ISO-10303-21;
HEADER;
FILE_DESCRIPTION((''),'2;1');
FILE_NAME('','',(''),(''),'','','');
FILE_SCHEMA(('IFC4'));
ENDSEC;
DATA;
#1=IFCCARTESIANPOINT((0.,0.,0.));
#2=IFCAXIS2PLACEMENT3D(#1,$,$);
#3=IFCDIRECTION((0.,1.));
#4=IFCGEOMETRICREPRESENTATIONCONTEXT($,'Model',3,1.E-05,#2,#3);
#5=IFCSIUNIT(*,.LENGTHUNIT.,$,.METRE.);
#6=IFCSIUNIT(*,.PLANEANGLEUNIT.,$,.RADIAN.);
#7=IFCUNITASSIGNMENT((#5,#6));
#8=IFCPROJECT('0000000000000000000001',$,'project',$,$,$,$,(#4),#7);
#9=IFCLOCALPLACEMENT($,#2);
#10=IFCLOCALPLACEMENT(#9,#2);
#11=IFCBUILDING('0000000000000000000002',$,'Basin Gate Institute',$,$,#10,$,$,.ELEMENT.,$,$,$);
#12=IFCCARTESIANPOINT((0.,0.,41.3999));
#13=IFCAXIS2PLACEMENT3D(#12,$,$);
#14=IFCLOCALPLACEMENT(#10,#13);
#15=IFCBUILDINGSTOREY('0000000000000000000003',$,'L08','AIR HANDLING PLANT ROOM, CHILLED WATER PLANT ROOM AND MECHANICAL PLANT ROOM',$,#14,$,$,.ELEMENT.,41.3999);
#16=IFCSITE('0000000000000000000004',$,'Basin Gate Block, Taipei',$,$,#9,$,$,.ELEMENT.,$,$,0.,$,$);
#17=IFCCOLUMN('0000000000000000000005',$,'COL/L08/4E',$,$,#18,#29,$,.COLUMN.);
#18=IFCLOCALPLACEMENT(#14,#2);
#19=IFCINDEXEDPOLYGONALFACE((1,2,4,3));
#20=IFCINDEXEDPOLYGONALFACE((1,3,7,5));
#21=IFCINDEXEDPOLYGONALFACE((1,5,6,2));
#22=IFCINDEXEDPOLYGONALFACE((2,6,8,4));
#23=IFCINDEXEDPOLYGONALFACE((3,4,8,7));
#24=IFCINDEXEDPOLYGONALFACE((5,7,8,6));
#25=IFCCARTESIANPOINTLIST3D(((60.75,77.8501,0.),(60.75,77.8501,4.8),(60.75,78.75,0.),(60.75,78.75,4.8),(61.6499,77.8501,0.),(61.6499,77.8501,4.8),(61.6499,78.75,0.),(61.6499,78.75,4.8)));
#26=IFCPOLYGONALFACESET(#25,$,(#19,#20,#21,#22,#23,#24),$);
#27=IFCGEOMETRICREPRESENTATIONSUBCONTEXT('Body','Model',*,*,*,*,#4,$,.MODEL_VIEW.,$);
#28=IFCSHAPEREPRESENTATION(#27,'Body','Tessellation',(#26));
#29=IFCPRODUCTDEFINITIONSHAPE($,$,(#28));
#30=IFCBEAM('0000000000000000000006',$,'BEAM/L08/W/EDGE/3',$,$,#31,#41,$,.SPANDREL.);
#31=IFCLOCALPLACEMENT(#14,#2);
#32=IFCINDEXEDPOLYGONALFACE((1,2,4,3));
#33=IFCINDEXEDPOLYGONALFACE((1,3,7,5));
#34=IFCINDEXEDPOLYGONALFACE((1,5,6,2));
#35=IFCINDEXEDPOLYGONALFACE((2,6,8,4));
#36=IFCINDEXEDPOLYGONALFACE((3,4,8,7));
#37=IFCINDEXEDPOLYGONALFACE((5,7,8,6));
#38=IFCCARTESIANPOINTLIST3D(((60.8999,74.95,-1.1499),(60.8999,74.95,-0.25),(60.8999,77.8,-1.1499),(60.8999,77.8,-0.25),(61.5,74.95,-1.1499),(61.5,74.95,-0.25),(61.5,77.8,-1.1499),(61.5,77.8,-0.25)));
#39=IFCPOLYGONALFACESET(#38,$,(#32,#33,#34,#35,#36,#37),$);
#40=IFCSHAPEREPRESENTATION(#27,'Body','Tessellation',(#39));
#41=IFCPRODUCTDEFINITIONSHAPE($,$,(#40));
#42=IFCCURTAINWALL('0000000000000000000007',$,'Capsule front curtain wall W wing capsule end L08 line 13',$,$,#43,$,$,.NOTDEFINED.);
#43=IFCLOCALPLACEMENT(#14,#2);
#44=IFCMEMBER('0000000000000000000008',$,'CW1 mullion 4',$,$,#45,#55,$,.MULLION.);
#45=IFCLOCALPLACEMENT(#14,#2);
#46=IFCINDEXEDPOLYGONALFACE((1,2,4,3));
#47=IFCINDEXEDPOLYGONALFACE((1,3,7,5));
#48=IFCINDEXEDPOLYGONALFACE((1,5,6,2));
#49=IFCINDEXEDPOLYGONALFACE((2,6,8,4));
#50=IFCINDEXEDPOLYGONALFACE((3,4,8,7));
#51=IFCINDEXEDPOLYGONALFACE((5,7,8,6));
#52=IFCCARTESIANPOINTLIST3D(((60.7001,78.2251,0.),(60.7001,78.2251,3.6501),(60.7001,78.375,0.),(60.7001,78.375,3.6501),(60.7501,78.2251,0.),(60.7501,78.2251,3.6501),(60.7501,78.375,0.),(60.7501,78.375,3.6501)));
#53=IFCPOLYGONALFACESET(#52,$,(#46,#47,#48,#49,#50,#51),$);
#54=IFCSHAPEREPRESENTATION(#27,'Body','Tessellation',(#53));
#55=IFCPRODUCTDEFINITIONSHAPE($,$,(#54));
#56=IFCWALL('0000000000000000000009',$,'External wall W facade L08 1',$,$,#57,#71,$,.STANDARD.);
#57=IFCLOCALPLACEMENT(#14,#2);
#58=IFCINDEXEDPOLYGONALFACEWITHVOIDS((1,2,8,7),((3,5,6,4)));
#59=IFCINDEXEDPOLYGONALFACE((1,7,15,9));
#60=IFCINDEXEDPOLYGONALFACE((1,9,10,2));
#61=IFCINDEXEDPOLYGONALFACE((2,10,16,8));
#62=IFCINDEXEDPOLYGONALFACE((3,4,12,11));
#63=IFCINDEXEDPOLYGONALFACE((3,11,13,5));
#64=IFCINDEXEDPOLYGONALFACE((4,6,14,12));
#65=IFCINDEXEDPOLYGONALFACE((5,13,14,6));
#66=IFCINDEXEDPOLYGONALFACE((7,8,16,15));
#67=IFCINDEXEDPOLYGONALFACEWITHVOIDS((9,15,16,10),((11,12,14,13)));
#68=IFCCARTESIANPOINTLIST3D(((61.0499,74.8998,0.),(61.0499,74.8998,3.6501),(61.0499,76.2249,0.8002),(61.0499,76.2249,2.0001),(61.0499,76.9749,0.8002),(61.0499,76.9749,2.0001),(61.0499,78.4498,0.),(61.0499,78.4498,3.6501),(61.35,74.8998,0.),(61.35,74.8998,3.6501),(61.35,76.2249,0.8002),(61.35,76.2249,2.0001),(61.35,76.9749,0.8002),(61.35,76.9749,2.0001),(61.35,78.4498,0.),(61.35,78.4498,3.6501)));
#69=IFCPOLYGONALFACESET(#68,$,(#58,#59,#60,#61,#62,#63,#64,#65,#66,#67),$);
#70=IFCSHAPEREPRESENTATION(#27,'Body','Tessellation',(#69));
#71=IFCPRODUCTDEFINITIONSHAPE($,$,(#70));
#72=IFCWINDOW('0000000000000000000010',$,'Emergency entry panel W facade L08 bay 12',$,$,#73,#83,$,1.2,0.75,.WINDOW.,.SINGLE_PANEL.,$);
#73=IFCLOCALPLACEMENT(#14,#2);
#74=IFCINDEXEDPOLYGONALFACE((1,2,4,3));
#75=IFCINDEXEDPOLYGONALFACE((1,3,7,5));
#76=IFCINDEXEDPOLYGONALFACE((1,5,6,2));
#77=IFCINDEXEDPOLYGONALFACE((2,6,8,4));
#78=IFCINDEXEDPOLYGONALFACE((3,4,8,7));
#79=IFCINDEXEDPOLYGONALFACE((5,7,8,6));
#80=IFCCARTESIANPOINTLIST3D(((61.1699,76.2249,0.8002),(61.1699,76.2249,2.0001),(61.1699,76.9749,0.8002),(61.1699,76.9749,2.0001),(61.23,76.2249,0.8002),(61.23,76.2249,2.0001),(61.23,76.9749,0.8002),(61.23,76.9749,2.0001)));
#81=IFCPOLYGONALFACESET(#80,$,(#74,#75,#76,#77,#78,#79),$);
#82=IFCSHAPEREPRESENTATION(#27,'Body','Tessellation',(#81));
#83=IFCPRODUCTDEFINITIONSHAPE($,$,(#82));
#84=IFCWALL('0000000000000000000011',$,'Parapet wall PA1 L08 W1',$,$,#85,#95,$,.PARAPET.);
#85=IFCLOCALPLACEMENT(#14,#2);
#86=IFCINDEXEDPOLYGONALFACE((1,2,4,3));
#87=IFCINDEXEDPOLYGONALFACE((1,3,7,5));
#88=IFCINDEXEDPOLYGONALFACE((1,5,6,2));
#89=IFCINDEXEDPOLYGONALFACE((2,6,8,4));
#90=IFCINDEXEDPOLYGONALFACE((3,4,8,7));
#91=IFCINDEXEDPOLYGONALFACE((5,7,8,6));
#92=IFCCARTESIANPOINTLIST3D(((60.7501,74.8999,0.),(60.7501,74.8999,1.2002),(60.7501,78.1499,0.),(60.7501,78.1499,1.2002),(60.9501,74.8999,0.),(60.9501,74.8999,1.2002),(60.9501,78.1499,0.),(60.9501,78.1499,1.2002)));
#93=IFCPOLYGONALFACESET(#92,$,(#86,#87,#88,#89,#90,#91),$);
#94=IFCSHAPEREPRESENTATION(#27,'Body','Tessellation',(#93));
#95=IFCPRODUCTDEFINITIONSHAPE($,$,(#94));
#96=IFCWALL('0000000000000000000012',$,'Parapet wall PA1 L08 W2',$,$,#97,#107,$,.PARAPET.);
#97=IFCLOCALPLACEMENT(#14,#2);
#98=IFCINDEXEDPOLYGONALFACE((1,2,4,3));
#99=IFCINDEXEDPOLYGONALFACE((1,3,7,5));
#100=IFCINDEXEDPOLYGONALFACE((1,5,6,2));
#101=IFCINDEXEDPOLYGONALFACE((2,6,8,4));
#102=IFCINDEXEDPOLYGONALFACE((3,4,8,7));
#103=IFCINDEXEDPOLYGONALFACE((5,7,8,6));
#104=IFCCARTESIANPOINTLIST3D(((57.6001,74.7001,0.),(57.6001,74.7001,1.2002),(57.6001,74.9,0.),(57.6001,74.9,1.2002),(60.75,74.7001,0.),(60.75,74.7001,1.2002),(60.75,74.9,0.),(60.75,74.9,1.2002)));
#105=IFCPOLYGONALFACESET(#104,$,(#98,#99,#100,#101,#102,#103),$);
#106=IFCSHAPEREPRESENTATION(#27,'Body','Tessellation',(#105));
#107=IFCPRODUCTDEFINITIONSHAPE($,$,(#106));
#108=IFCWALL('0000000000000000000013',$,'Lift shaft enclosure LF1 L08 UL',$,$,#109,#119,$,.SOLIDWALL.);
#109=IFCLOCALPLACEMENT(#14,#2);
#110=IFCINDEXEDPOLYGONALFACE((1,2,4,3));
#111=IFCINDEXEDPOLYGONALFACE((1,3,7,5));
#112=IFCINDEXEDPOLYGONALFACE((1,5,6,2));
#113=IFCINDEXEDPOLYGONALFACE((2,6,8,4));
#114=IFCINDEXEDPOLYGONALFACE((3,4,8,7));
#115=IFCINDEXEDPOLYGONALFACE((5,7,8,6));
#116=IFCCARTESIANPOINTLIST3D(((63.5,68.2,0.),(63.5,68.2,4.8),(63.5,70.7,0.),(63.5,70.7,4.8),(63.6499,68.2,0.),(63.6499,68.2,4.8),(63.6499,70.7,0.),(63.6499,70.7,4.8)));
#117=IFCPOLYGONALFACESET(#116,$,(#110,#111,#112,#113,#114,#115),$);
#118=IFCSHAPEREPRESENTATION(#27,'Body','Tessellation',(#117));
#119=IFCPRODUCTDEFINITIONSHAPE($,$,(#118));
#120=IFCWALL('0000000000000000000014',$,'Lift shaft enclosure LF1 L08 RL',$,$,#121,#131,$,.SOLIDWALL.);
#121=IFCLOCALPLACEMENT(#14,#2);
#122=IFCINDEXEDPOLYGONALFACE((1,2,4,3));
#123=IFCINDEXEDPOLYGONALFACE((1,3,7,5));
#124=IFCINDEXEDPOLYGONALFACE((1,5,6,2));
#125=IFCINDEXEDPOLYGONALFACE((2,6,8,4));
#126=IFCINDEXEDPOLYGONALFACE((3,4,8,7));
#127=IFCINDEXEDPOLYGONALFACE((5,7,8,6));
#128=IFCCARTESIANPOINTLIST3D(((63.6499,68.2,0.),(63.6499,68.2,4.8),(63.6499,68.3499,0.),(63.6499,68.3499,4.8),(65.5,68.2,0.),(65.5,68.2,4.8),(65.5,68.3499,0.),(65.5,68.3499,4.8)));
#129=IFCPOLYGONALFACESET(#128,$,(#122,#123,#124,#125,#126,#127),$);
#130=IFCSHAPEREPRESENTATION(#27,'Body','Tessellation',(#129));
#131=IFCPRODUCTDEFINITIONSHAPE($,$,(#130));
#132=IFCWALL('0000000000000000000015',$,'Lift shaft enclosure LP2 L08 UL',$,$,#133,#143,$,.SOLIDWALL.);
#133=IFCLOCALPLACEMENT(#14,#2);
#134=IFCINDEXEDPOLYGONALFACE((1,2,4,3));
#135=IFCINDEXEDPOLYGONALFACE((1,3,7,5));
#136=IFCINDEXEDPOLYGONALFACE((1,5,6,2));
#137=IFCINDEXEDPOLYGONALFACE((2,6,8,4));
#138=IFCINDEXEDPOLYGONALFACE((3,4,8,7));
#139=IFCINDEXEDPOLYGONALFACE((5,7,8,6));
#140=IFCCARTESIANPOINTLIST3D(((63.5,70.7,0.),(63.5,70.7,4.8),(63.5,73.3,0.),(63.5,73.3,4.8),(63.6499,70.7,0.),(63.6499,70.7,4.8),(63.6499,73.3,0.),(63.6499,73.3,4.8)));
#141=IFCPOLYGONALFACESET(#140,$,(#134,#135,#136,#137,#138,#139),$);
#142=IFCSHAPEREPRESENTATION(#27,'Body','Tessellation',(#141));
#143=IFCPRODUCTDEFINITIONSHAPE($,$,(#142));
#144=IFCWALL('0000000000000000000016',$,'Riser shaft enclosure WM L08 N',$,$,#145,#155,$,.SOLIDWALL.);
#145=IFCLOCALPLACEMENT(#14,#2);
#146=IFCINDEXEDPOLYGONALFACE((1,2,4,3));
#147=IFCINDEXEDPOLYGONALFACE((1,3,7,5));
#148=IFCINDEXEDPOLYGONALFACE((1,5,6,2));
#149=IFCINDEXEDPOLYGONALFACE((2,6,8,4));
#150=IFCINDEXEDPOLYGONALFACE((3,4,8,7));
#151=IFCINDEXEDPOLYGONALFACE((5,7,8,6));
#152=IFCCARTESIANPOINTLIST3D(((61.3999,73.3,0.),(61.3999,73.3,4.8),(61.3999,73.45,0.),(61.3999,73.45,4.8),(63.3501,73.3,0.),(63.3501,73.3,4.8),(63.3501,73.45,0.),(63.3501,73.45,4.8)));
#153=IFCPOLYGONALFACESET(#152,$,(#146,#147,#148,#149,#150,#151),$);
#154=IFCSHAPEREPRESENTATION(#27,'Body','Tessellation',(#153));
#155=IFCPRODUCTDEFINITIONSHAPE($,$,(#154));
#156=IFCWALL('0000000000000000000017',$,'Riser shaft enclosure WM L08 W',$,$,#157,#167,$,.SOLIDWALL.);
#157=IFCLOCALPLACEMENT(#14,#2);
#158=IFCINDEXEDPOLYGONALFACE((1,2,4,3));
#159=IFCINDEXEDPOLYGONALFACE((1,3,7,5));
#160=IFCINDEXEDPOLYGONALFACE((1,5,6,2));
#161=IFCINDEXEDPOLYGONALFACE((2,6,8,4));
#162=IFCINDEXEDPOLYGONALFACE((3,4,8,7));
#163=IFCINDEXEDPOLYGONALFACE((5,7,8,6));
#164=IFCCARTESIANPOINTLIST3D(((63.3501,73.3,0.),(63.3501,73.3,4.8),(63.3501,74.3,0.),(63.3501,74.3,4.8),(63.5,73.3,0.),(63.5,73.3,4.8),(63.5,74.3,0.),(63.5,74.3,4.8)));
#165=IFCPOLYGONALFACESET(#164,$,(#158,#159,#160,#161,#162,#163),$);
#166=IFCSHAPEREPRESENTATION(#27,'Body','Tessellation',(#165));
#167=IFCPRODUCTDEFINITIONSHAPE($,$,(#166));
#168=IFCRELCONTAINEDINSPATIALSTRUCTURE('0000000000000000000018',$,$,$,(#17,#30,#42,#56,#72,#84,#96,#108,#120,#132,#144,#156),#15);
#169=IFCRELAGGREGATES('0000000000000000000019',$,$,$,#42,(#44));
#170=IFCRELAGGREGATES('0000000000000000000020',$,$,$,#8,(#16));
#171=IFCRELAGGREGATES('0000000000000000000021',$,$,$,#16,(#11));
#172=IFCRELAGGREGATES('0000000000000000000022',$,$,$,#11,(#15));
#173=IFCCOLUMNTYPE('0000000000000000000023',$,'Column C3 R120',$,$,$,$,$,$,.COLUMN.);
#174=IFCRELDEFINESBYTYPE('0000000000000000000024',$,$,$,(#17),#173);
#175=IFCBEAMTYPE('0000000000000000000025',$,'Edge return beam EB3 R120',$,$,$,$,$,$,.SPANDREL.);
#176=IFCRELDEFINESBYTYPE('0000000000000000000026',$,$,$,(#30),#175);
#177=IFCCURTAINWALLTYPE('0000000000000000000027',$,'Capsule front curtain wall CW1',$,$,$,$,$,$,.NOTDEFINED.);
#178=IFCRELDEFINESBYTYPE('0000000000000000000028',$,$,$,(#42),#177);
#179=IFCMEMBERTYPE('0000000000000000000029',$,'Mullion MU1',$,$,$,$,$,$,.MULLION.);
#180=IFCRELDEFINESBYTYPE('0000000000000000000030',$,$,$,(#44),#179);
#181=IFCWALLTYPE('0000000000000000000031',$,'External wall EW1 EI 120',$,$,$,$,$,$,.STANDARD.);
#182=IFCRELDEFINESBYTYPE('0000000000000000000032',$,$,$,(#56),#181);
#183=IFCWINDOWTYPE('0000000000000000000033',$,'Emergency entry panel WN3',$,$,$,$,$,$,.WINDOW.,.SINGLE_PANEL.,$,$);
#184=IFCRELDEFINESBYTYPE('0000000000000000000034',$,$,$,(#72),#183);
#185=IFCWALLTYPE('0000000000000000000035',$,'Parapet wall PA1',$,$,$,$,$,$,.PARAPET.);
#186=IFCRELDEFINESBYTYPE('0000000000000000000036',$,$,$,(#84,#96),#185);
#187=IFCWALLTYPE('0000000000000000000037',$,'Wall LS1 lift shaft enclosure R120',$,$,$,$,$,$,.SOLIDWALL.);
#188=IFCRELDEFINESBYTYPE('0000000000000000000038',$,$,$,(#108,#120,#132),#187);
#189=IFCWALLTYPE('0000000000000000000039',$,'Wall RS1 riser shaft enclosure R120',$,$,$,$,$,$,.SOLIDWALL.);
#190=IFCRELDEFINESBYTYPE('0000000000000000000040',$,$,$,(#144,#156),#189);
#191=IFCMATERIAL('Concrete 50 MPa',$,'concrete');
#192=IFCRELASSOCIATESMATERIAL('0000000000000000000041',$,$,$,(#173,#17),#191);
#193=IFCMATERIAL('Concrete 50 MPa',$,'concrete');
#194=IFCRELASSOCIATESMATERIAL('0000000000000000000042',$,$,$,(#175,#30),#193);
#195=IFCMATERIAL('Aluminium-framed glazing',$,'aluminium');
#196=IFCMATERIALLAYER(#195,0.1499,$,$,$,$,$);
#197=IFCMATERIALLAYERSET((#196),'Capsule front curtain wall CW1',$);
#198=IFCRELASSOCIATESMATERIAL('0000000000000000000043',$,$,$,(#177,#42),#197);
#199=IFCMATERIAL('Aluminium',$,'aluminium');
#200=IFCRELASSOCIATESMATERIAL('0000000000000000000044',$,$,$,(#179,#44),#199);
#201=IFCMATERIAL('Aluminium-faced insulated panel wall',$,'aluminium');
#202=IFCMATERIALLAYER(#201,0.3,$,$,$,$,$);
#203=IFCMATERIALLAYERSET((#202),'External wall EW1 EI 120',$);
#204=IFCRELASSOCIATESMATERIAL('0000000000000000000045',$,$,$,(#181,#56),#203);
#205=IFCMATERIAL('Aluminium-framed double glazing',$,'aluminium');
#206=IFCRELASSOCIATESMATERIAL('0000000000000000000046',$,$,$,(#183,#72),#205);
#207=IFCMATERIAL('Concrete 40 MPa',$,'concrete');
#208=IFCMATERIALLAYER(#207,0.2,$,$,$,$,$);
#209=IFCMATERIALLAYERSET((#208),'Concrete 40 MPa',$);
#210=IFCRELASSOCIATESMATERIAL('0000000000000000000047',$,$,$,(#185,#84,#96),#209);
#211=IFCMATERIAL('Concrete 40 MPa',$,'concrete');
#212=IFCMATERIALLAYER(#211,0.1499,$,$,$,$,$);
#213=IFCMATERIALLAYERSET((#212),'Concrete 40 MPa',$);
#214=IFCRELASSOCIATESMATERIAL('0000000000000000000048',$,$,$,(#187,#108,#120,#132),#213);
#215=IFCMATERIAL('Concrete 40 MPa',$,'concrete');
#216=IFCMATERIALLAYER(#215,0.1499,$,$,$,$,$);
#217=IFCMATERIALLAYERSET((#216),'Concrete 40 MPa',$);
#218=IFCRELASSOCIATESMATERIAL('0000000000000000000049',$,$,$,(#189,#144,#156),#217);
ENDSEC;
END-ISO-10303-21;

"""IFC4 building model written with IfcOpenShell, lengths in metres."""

from ifc_helpers import new_model, si_unit, direction, frame, frame_2d, origin, origin_2d, place, context, subcontext, project, spatial, rectangle, extrude, material, layer, layer_set, material_profile, profile_set, type_object, element, fill, aggregate, save


model = new_model("IFC4")

# Units and contexts
model_context = context("Model", 3, precision=1e-05, world=origin(), true_north=direction((0.0, 1.0)))
body_context = subcontext(model_context, "Body", "Model", "MODEL_VIEW")
ifc_project = project(units=[si_unit("LENGTHUNIT", "METRE"), si_unit("PLANEANGLEUNIT", "RADIAN")], contexts=[model_context])

# Site, building, storey
site_placement = place(None, origin())
site = spatial("IfcSite", under=ifc_project, at=site_placement, Name="Basin Gate Block, Taipei", CompositionType="ELEMENT", RefElevation=0.0)
building_placement = place(site_placement, origin())
building = spatial("IfcBuilding", under=site, at=building_placement, Name="Basin Gate Institute", CompositionType="ELEMENT")
storey_placement = place(building_placement, frame((0.0, 0.0, 41.3999)))
storey = spatial("IfcBuildingStorey", under=building, at=storey_placement, Name="L08", Description="AIR HANDLING PLANT ROOM, CHILLED WATER PLANT ROOM AND MECHANICAL PLANT ROOM", CompositionType="ELEMENT", Elevation=41.3999)

# Column
ifc_material_1 = material(Name="Concrete 50 MPa", Category="concrete")
ifc_material_profile_1 = material_profile(ifc_material_1, rectangle(XDim=0.8999, YDim=0.8999, at=origin_2d()), Name="Column C3 900 x 900")
ifc_profile_set_1 = profile_set([ifc_material_profile_1], Name="Concrete 50 MPa")
column_type = type_object("IfcColumnType", Name="Column C3 R120", PredefinedType="COLUMN", material=ifc_profile_set_1)
column_placement = place(storey_placement, frame((61.2, 78.3, 0.0), z_axis=(0.0, 0.0, 1.0), x_axis=(1.0, 0.0, 0.0)))
element("IfcColumn", 1, at=column_placement, inside=storey, type_object=column_type, material=ifc_profile_set_1, Name="COL/L08/4E", PredefinedType="COLUMN", context=body_context, shape_type="SweptSolid", body=[
    extrude(rectangle(XDim=0.8999, YDim=0.8999, at=origin_2d()), origin(), (0.0, 0.0, 1.0), 4.8),
])

# Beam
ifc_material_2 = material(Name="Concrete 50 MPa", Category="concrete")
ifc_material_profile_2 = material_profile(ifc_material_2, rectangle(XDim=0.6001, YDim=0.8999, at=origin_2d()), Name="Edge return beam EB3 600 x 900")
ifc_profile_set_2 = profile_set([ifc_material_profile_2], Name="Concrete 50 MPa")
beam_type = type_object("IfcBeamType", Name="Edge return beam EB3 R120", PredefinedType="SPANDREL", material=ifc_profile_set_2)
beam_placement = place(storey_placement, frame((61.2, 74.95, -0.7), z_axis=(0.0, 1.0, 0.0), x_axis=(-1.0, 0.0, 0.0)))
element("IfcBeam", 2, at=beam_placement, inside=storey, type_object=beam_type, material=ifc_profile_set_2, Name="BEAM/L08/W/EDGE/3", PredefinedType="SPANDREL", context=body_context, shape_type="SweptSolid", body=[
    extrude(rectangle(XDim=0.6001, YDim=0.8999, at=origin_2d()), origin(), (0.0, 0.0, 1.0), 2.8501),
])

# Curtain wall, member
ifc_material_3 = material(Name="Aluminium-framed glazing", Category="aluminium")
ifc_layer_1 = layer(ifc_material_3, 0.1499)
ifc_layer_set_1 = layer_set([ifc_layer_1], Name="Capsule front curtain wall CW1")
curtain_wall_type = type_object("IfcCurtainWallType", Name="Capsule front curtain wall CW1", PredefinedType="NOTDEFINED", material=ifc_layer_set_1)
curtain_wall_placement = place(storey_placement, origin())
curtain_wall = element("IfcCurtainWall", 3, at=curtain_wall_placement, inside=storey, type_object=curtain_wall_type, material=ifc_layer_set_1, Name="Capsule front curtain wall W wing capsule end L08 line 13", PredefinedType="NOTDEFINED")
ifc_material_4 = material(Name="Aluminium", Category="aluminium")
ifc_material_profile_3 = material_profile(ifc_material_4, rectangle(XDim=0.1499, YDim=0.05, at=origin_2d()), Name="Mullion MU1 150 x 50")
ifc_profile_set_3 = profile_set([ifc_material_profile_3], Name="Aluminium")
member_type = type_object("IfcMemberType", Name="Mullion MU1", PredefinedType="MULLION", material=ifc_profile_set_3)
member_placement = place(storey_placement, frame((60.7251, 78.3, 0.0), z_axis=(0.0, 0.0, 1.0), x_axis=(0.0, 1.0, 0.0)))
member = element("IfcMember", 4, at=member_placement, type_object=member_type, material=ifc_profile_set_3, Name="CW1 mullion 4", PredefinedType="MULLION", context=body_context, shape_type="SweptSolid", body=[
    extrude(rectangle(XDim=0.1499, YDim=0.05, at=origin_2d()), origin(), (0.0, 0.0, 1.0), 3.6501),
])
aggregate(curtain_wall, [member])

# Wall, opening, window
ifc_material_5 = material(Name="Aluminium-faced insulated panel wall", Category="aluminium")
ifc_layer_2 = layer(ifc_material_5, 0.3)
ifc_layer_set_2 = layer_set([ifc_layer_2], Name="External wall EW1 EI 120")
wall_type_1 = type_object("IfcWallType", Name="External wall EW1 EI 120", PredefinedType="STANDARD", material=ifc_layer_set_2)
wall_1_placement = place(storey_placement, frame((61.2, 74.8999, 0.0), z_axis=(0.0, 0.0, 1.0), x_axis=(0.0, 1.0, 0.0)))
wall_1 = element("IfcWall", 5, at=wall_1_placement, inside=storey, type_object=wall_type_1, material=ifc_layer_set_2, Name="External wall W facade L08 1", PredefinedType="STANDARD", context=body_context, shape_type="SweptSolid", body=[
    extrude(rectangle(XDim=3.55, YDim=0.3, at=frame_2d((1.7749, 0.0))), origin(), (0.0, 0.0, 1.0), 3.6501),
])
opening_1_placement = place(wall_1_placement, frame((1.325, 0.0, 0.8)))
opening_1 = element("IfcOpeningElement", 6, at=opening_1_placement, cuts=wall_1, PredefinedType="OPENING", context=body_context, shape_type="SweptSolid", body=[
    extrude(rectangle(XDim=0.75, YDim=1.2, at=frame_2d((0.375, 0.6001))), frame((0.0, 0.1602, 0.0), z_axis=(0.0, -1.0, 0.0), x_axis=(1.0, 0.0, 0.0)), (0.0, 0.0, 1.0), 0.3201),
])
ifc_material_6 = material(Name="Aluminium-framed double glazing", Category="aluminium")
window_type = type_object("IfcWindowType", Name="Emergency entry panel WN3", PartitioningType="SINGLE_PANEL", PredefinedType="WINDOW", material=ifc_material_6)
window_placement = place(opening_1_placement, origin())
window = element("IfcWindow", 7, at=window_placement, inside=storey, type_object=window_type, material=ifc_material_6, Name="Emergency entry panel W facade L08 bay 12", OverallHeight=1.2, OverallWidth=0.75, PartitioningType="SINGLE_PANEL", PredefinedType="WINDOW", context=body_context, shape_type="SweptSolid", body=[
    extrude(rectangle(XDim=0.75, YDim=1.2, at=frame_2d((0.375, 0.6001))), frame((0.0, 0.03, 0.0), z_axis=(0.0, -1.0, 0.0), x_axis=(1.0, 0.0, 0.0)), (0.0, 0.0, 1.0), 0.0601),
])
fill(opening_1, window)

# Walls
ifc_material_7 = material(Name="Concrete 40 MPa", Category="concrete")
ifc_layer_3 = layer(ifc_material_7, 0.2)
ifc_layer_set_3 = layer_set([ifc_layer_3], Name="Concrete 40 MPa")
wall_type_2 = type_object("IfcWallType", Name="Parapet wall PA1", PredefinedType="PARAPET", material=ifc_layer_set_3)
wall_2_placement = place(storey_placement, frame((60.8501, 78.1499, 0.0), z_axis=(0.0, 0.0, 1.0), x_axis=(0.0, -1.0, 0.0)))
element("IfcWall", 8, at=wall_2_placement, inside=storey, type_object=wall_type_2, material=ifc_layer_set_3, Name="Parapet wall PA1 L08 W1", PredefinedType="PARAPET", context=body_context, shape_type="SweptSolid", body=[
    extrude(rectangle(XDim=3.25, YDim=0.2, at=frame_2d((1.625, 0.0))), origin(), (0.0, 0.0, 1.0), 1.2002),
])
wall_3_placement = place(storey_placement, frame((60.75, 74.8, 0.0), z_axis=(0.0, 0.0, 1.0), x_axis=(-1.0, 0.0, 0.0)))
element("IfcWall", 9, at=wall_3_placement, inside=storey, type_object=wall_type_2, material=ifc_layer_set_3, Name="Parapet wall PA1 L08 W2", PredefinedType="PARAPET", context=body_context, shape_type="SweptSolid", body=[
    extrude(rectangle(XDim=3.1499, YDim=0.2, at=frame_2d((1.575, 0.0))), origin(), (0.0, 0.0, 1.0), 1.2002),
])
ifc_material_8 = material(Name="Concrete 40 MPa", Category="concrete")
ifc_layer_4 = layer(ifc_material_8, 0.1499)
ifc_layer_set_4 = layer_set([ifc_layer_4], Name="Concrete 40 MPa")
wall_type_3 = type_object("IfcWallType", Name="Wall LS1 lift shaft enclosure R120", PredefinedType="SOLIDWALL", material=ifc_layer_set_4)
wall_4_placement = place(storey_placement, frame((63.575, 68.2, 0.0), z_axis=(0.0, 0.0, 1.0), x_axis=(0.0, 1.0, 0.0)))
element("IfcWall", 10, at=wall_4_placement, inside=storey, type_object=wall_type_3, material=ifc_layer_set_4, Name="Lift shaft enclosure LF1 L08 UL", PredefinedType="SOLIDWALL", context=body_context, shape_type="SweptSolid", body=[
    extrude(rectangle(XDim=2.5, YDim=0.1499, at=frame_2d((1.25, 0.0))), origin(), (0.0, 0.0, 1.0), 4.8),
])
wall_5_placement = place(storey_placement, frame((63.6499, 68.2749, 0.0), z_axis=(0.0, 0.0, 1.0), x_axis=(1.0, 0.0, 0.0)))
element("IfcWall", 11, at=wall_5_placement, inside=storey, type_object=wall_type_3, material=ifc_layer_set_4, Name="Lift shaft enclosure LF1 L08 RL", PredefinedType="SOLIDWALL", context=body_context, shape_type="SweptSolid", body=[
    extrude(rectangle(XDim=1.8501, YDim=0.1499, at=frame_2d((0.925, 0.0))), origin(), (0.0, 0.0, 1.0), 4.8),
])
wall_6_placement = place(storey_placement, frame((63.575, 70.7, 0.0), z_axis=(0.0, 0.0, 1.0), x_axis=(0.0, 1.0, 0.0)))
element("IfcWall", 12, at=wall_6_placement, inside=storey, type_object=wall_type_3, material=ifc_layer_set_4, Name="Lift shaft enclosure LP2 L08 UL", PredefinedType="SOLIDWALL", context=body_context, shape_type="SweptSolid", body=[
    extrude(rectangle(XDim=2.6001, YDim=0.1499, at=frame_2d((1.3, 0.0))), origin(), (0.0, 0.0, 1.0), 4.8),
])
ifc_material_9 = material(Name="Concrete 40 MPa", Category="concrete")
ifc_layer_5 = layer(ifc_material_9, 0.1499)
ifc_layer_set_5 = layer_set([ifc_layer_5], Name="Concrete 40 MPa")
wall_type_4 = type_object("IfcWallType", Name="Wall RS1 riser shaft enclosure R120", PredefinedType="SOLIDWALL", material=ifc_layer_set_5)
wall_7_placement = place(storey_placement, frame((61.3999, 73.375, 0.0), z_axis=(0.0, 0.0, 1.0), x_axis=(1.0, 0.0, 0.0)))
element("IfcWall", 13, at=wall_7_placement, inside=storey, type_object=wall_type_4, material=ifc_layer_set_5, Name="Riser shaft enclosure WM L08 N", PredefinedType="SOLIDWALL", context=body_context, shape_type="SweptSolid", body=[
    extrude(rectangle(XDim=1.9502, YDim=0.1499, at=frame_2d((0.9751, 0.0))), origin(), (0.0, 0.0, 1.0), 4.8),
])
wall_8_placement = place(storey_placement, frame((63.425, 73.3, 0.0), z_axis=(0.0, 0.0, 1.0), x_axis=(0.0, 1.0, 0.0)))
element("IfcWall", 14, at=wall_8_placement, inside=storey, type_object=wall_type_4, material=ifc_layer_set_5, Name="Riser shaft enclosure WM L08 W", PredefinedType="SOLIDWALL", context=body_context, shape_type="SweptSolid", body=[
    extrude(rectangle(XDim=1.0, YDim=0.1499, at=frame_2d((0.5, 0.0))), origin(), (0.0, 0.0, 1.0), 4.8),
])

save(model, "model.ifc")
